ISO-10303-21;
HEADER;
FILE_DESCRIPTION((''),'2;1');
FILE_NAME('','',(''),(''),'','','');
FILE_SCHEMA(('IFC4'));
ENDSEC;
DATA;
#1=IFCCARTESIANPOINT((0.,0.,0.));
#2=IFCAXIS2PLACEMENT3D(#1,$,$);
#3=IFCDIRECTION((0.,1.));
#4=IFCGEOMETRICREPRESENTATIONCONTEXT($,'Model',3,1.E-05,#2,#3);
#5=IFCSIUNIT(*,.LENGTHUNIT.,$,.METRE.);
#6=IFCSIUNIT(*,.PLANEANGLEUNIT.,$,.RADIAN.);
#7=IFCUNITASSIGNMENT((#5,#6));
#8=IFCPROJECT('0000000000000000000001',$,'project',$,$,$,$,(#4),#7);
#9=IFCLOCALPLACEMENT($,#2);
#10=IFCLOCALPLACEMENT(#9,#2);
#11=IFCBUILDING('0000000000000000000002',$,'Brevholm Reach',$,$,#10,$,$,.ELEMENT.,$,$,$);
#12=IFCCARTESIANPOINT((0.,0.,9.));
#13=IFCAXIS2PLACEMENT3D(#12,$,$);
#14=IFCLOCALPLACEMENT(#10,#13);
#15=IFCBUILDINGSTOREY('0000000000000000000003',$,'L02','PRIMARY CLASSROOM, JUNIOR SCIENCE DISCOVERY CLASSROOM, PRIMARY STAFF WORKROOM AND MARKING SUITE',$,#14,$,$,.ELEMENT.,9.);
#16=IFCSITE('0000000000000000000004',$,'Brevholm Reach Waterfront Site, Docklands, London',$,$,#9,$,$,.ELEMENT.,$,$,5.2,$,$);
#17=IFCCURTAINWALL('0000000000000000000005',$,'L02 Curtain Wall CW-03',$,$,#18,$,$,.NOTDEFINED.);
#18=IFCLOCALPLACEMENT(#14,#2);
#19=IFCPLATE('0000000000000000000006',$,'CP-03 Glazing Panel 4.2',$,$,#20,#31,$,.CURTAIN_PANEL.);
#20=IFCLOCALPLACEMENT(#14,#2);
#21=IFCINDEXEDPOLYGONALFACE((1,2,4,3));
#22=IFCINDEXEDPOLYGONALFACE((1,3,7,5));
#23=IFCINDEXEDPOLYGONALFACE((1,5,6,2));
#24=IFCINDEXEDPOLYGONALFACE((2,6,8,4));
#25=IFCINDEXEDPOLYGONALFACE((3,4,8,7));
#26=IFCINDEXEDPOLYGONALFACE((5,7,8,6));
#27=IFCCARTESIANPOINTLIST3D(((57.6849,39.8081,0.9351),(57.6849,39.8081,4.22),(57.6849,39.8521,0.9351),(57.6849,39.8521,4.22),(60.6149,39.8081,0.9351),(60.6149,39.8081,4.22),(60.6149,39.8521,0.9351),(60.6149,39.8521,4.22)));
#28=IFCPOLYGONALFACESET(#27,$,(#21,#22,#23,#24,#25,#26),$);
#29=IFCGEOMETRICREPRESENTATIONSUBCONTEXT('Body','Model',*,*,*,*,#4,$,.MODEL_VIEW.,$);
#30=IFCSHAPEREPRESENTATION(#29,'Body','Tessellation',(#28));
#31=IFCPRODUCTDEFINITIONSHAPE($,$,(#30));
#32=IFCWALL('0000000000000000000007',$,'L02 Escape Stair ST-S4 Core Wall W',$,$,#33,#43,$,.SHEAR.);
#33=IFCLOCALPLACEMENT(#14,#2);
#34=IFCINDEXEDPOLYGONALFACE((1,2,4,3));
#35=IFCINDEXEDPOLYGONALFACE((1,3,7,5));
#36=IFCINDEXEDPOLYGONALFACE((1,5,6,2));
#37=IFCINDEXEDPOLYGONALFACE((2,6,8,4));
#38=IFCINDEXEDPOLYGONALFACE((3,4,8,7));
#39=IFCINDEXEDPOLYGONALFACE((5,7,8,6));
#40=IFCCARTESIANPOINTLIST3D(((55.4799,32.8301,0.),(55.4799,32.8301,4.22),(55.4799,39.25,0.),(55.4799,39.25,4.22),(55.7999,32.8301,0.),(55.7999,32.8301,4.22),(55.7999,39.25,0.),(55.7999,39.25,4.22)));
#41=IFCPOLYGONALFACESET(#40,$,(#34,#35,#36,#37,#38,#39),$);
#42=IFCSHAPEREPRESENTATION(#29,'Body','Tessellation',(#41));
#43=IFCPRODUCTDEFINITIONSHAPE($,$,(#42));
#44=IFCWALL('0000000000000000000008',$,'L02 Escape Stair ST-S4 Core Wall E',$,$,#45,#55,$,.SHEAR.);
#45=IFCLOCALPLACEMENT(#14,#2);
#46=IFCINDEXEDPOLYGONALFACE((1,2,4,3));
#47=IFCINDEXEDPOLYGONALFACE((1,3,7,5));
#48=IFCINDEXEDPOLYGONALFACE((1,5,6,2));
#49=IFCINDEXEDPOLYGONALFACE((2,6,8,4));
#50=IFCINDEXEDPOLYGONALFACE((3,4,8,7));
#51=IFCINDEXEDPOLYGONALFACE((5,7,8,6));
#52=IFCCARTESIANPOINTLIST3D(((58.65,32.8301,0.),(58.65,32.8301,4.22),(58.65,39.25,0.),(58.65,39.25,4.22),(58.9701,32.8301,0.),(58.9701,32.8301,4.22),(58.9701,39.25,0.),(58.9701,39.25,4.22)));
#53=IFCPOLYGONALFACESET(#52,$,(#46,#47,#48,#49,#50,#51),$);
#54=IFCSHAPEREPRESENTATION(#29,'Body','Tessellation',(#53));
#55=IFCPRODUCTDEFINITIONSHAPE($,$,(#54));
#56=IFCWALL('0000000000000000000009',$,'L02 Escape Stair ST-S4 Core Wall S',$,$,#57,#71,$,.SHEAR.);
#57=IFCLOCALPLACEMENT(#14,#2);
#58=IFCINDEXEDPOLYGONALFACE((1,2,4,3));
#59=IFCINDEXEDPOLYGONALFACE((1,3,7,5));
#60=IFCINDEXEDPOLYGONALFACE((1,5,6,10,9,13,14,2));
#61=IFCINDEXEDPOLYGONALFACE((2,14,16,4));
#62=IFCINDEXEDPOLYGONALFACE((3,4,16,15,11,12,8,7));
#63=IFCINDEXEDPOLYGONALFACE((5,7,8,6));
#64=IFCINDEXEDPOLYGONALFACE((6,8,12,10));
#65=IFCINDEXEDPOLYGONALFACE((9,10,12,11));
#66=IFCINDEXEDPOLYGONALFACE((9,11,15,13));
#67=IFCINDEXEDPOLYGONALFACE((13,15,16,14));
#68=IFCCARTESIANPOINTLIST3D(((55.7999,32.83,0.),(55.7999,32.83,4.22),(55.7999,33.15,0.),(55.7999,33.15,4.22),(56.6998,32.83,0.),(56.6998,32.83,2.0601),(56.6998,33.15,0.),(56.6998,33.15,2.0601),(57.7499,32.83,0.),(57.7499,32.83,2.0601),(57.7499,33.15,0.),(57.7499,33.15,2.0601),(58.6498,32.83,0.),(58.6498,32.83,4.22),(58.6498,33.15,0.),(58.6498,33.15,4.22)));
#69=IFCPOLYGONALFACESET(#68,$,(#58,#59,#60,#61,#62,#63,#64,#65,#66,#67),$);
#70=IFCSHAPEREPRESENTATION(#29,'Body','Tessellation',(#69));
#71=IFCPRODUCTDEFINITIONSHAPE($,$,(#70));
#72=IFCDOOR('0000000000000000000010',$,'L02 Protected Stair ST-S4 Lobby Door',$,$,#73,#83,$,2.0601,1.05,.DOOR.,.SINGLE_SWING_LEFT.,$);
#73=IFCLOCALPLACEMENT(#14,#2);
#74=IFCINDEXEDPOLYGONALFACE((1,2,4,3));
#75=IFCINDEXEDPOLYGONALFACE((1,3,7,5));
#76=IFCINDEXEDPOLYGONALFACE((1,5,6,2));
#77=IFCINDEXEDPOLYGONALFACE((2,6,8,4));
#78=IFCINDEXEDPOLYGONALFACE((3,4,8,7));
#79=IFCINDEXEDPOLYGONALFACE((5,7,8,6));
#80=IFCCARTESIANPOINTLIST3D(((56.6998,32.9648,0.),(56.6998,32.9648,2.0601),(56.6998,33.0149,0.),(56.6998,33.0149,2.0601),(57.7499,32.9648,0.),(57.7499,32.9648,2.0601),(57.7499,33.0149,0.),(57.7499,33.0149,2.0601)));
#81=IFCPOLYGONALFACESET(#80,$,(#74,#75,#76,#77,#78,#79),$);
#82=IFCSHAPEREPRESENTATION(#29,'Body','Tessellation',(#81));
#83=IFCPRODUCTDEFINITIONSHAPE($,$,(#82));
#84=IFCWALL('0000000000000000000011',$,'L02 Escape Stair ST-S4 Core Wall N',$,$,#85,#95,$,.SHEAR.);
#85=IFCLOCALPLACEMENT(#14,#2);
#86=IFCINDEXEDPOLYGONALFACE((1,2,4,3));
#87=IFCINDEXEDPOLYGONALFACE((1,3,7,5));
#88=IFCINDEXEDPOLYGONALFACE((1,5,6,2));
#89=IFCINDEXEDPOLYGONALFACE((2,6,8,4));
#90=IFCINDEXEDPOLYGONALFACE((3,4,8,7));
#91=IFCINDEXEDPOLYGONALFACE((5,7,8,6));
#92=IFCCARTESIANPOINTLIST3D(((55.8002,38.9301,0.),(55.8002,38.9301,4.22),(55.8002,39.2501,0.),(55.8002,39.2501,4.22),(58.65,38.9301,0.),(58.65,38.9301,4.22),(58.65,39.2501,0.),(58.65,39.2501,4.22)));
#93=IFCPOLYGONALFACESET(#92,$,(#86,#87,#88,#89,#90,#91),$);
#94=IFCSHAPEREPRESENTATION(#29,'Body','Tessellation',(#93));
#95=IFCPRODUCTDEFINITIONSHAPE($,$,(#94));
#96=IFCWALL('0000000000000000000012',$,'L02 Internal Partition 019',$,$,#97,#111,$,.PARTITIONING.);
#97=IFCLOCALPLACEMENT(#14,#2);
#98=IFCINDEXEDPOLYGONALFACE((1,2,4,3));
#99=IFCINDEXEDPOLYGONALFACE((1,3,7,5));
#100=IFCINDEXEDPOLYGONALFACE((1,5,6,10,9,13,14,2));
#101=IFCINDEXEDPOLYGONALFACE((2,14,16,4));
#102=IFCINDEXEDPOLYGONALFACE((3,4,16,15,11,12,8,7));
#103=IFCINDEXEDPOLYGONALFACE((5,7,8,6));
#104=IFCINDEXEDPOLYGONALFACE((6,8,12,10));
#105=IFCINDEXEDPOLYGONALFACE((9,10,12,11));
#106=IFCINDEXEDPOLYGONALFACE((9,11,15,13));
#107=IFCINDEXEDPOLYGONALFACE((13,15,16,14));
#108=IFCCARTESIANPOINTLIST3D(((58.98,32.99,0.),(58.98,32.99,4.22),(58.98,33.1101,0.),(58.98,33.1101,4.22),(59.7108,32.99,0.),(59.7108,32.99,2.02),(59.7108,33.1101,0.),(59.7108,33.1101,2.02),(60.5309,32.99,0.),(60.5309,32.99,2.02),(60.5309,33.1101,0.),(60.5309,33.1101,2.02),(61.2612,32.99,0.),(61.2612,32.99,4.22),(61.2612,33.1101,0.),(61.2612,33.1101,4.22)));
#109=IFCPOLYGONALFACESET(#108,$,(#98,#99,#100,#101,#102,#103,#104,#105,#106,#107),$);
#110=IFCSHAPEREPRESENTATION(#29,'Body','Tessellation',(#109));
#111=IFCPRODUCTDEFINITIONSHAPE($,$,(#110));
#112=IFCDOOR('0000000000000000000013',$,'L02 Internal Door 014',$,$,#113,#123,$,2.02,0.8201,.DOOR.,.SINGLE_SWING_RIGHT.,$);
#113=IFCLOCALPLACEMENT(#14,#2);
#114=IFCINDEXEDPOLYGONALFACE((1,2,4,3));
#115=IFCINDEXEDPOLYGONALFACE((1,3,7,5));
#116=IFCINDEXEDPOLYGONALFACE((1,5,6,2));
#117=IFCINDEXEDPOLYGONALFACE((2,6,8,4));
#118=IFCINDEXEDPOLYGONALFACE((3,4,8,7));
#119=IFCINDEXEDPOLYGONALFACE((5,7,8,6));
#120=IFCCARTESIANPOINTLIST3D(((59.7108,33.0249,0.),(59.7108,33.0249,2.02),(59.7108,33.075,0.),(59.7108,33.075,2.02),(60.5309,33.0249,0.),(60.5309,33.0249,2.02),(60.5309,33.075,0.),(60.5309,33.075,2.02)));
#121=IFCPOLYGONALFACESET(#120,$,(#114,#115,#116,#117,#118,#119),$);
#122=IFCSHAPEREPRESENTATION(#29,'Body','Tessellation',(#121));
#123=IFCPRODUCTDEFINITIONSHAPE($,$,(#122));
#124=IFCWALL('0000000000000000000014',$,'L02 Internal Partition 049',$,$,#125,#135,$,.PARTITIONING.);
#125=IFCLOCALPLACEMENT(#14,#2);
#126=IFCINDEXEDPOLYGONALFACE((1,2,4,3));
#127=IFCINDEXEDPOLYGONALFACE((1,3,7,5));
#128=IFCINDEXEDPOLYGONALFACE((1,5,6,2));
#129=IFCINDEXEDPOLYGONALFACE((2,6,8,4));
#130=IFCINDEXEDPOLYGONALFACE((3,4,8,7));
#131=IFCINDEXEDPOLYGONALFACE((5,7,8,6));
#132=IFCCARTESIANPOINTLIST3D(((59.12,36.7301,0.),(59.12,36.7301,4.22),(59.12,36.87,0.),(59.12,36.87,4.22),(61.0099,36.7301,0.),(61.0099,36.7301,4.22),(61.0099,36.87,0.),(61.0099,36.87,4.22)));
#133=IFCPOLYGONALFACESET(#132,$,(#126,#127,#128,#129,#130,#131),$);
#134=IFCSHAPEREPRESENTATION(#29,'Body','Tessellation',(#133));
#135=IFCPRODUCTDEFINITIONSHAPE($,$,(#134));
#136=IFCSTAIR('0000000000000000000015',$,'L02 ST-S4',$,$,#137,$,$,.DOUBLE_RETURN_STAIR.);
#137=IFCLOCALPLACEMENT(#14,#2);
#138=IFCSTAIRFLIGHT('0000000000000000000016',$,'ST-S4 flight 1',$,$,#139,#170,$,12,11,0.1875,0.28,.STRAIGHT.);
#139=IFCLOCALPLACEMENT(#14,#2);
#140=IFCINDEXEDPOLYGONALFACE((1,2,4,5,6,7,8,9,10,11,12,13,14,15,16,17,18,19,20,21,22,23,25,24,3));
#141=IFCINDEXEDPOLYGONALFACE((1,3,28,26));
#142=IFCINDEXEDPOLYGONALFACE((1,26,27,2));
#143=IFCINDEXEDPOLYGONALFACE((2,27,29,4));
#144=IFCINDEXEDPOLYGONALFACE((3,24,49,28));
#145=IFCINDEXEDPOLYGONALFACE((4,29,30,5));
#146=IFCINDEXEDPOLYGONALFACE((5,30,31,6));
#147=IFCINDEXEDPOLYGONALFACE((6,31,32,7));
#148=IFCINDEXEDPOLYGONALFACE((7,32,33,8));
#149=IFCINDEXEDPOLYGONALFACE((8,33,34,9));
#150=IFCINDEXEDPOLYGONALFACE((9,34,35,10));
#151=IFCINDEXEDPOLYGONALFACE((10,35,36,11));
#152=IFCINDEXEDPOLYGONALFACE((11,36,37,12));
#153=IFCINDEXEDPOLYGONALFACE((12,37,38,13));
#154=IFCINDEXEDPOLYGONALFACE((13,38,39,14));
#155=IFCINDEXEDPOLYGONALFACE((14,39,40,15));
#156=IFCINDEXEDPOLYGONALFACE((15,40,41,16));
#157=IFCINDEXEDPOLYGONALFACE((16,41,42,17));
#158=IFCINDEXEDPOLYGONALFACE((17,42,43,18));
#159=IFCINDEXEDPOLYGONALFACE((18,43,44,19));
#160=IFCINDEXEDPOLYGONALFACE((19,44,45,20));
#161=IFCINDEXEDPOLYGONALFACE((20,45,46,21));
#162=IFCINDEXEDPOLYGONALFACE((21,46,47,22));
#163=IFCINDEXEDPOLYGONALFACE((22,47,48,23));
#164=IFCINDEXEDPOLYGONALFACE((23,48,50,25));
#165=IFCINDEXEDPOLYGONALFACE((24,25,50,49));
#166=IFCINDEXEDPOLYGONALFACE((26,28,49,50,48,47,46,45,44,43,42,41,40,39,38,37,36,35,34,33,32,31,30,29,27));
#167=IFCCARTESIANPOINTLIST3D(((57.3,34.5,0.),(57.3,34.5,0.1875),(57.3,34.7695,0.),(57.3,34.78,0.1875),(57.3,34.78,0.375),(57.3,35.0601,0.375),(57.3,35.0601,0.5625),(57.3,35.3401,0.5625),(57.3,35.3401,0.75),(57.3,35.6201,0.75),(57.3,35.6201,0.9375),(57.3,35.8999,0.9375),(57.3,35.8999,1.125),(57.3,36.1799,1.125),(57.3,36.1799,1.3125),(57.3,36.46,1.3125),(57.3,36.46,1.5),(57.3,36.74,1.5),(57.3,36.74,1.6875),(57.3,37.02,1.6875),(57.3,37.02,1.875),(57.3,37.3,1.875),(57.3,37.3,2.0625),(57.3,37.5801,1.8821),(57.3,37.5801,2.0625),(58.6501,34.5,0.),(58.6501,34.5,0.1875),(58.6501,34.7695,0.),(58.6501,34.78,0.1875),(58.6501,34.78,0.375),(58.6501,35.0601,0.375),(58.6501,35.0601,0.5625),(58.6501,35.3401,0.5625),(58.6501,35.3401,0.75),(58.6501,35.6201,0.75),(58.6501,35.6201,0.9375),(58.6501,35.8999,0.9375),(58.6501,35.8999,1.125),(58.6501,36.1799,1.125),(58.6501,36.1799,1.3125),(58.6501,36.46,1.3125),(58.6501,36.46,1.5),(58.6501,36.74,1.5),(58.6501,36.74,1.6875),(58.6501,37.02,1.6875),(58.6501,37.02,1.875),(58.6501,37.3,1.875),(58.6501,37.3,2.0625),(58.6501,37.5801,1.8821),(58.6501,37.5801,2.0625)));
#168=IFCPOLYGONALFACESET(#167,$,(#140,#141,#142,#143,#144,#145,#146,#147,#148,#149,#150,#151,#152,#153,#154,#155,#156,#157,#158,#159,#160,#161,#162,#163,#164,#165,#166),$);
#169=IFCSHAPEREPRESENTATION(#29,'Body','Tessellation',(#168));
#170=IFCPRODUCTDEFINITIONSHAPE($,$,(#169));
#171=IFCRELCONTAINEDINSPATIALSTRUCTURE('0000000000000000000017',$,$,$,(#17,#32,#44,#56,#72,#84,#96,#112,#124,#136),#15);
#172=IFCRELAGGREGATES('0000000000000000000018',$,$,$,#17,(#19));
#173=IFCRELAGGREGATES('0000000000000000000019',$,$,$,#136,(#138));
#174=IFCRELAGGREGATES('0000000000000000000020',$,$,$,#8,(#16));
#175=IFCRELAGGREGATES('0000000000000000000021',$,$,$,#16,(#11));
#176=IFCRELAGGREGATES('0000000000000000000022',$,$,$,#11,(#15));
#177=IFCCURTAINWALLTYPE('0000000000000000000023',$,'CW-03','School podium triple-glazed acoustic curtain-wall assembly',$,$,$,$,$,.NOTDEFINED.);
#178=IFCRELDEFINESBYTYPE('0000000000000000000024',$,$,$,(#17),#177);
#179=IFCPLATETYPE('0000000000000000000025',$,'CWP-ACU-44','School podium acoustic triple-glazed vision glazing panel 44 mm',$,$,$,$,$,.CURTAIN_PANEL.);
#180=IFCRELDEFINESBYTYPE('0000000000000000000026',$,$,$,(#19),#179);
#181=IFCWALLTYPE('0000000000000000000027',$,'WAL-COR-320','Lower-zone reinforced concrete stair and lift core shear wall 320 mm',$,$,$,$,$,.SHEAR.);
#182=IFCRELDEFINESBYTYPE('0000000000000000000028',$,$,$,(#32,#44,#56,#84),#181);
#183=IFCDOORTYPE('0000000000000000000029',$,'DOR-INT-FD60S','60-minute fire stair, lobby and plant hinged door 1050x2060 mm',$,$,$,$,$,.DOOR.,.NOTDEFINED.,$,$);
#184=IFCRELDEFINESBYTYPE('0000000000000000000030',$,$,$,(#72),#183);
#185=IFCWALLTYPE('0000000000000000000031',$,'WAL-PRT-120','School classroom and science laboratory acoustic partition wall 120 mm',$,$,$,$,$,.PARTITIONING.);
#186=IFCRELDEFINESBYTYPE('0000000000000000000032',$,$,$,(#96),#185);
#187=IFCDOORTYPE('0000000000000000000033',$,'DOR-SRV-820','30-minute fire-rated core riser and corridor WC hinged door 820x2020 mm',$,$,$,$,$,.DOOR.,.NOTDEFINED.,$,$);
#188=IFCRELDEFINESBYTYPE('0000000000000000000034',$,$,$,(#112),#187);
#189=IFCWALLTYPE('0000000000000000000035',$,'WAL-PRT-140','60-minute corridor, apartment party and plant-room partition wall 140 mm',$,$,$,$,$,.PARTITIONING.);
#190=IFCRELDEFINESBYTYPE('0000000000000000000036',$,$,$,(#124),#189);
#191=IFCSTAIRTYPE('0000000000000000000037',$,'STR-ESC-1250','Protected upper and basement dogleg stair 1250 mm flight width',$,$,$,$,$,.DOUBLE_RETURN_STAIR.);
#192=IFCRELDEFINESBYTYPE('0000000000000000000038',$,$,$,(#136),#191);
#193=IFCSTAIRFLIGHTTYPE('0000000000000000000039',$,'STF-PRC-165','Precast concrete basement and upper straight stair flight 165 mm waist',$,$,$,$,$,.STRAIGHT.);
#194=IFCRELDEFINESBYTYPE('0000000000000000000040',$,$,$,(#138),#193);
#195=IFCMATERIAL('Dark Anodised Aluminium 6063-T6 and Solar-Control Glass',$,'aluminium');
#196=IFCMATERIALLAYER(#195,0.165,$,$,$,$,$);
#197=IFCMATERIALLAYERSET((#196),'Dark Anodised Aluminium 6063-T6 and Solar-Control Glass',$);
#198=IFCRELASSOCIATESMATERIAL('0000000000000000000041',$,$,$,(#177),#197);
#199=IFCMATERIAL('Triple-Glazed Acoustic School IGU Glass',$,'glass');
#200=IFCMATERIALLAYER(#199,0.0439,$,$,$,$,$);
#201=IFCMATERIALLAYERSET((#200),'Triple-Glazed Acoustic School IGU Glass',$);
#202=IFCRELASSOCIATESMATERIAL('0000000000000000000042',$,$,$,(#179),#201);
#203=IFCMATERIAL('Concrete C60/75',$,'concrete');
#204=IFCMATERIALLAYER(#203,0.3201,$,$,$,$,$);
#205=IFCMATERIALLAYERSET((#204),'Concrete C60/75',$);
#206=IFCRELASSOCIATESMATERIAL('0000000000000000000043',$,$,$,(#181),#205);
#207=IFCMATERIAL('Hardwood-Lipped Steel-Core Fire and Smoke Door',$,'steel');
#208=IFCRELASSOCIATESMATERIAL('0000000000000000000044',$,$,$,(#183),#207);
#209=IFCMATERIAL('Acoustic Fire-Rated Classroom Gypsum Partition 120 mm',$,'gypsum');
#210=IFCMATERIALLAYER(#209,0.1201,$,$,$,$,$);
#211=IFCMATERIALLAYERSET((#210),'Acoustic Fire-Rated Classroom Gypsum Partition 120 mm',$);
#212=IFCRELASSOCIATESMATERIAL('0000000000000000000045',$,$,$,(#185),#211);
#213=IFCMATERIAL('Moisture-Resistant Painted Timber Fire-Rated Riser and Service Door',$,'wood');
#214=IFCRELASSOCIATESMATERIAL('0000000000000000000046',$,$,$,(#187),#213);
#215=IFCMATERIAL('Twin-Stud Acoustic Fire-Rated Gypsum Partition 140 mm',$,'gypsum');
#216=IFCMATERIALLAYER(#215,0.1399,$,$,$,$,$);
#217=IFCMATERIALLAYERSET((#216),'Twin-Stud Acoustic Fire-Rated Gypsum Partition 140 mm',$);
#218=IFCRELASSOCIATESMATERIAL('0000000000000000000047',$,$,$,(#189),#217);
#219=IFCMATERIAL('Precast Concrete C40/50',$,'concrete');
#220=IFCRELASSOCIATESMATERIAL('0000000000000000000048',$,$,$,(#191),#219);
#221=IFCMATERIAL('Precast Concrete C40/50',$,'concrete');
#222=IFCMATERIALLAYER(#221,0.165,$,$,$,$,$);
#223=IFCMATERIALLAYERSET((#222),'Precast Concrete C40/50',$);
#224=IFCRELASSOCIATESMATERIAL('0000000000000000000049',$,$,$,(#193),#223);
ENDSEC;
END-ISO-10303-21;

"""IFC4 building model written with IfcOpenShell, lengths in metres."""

from ifc_helpers import new_model, si_unit, direction, frame, frame_2d, origin, origin_2d, place, context, subcontext, project, spatial, polyline, rectangle, outline, extrude, material, layer, layer_set, type_object, element, fill, aggregate, save


model = new_model("IFC4")

# Units and contexts
model_context = context("Model", 3, precision=1e-05, world=origin(), true_north=direction((0.0, 1.0)))
body_context = subcontext(model_context, "Body", "Model", "MODEL_VIEW")
ifc_project = project(units=[si_unit("LENGTHUNIT", "METRE"), si_unit("PLANEANGLEUNIT", "RADIAN")], contexts=[model_context])

# Site, building, storey
site_placement = place(None, origin())
site = spatial("IfcSite", under=ifc_project, at=site_placement, Name="Brevholm Reach Waterfront Site, Docklands, London", CompositionType="ELEMENT", RefElevation=5.2)
building_placement = place(site_placement, origin())
building = spatial("IfcBuilding", under=site, at=building_placement, Name="Brevholm Reach", CompositionType="ELEMENT")
storey_placement = place(building_placement, frame((0.0, 0.0, 9.0)))
storey = spatial("IfcBuildingStorey", under=building, at=storey_placement, Name="L02", Description="PRIMARY CLASSROOM, JUNIOR SCIENCE DISCOVERY CLASSROOM, PRIMARY STAFF WORKROOM AND MARKING SUITE", CompositionType="ELEMENT", Elevation=9.0)

# Curtain wall, plate
ifc_material_1 = material(Name="Dark Anodised Aluminium 6063-T6 and Solar-Control Glass", Category="aluminium")
ifc_layer_1 = layer(ifc_material_1, 0.165)
ifc_layer_set_1 = layer_set([ifc_layer_1], Name="Dark Anodised Aluminium 6063-T6 and Solar-Control Glass")
curtain_wall_type = type_object("IfcCurtainWallType", Name="CW-03", Description="School podium triple-glazed acoustic curtain-wall assembly", PredefinedType="NOTDEFINED", material=ifc_layer_set_1)
curtain_wall_placement = place(storey_placement, origin())
curtain_wall = element("IfcCurtainWall", 1, at=curtain_wall_placement, inside=storey, type_object=curtain_wall_type, Name="L02 Curtain Wall CW-03", PredefinedType="NOTDEFINED")
ifc_material_2 = material(Name="Triple-Glazed Acoustic School IGU Glass", Category="glass")
ifc_layer_2 = layer(ifc_material_2, 0.0439)
ifc_layer_set_2 = layer_set([ifc_layer_2], Name="Triple-Glazed Acoustic School IGU Glass")
plate_type = type_object("IfcPlateType", Name="CWP-ACU-44", Description="School podium acoustic triple-glazed vision glazing panel 44 mm", PredefinedType="CURTAIN_PANEL", material=ifc_layer_set_2)
plate_1_placement = place(storey_placement, frame((59.1499, 39.8301, 0.9351), z_axis=(0.0, 0.0, 1.0), x_axis=(1.0, 0.0, 0.0)))
plate_1 = element("IfcPlate", 2, at=plate_1_placement, type_object=plate_type, Name="CP-03 Glazing Panel 4.2", PredefinedType="CURTAIN_PANEL", context=body_context, shape_type="SweptSolid", body=[
    extrude(rectangle(XDim=2.9299, YDim=0.0439, at=origin_2d()), origin(), (0.0, 0.0, 1.0), 3.2849),
])
aggregate(curtain_wall, [plate_1])

# Walls
ifc_material_3 = material(Name="Concrete C60/75", Category="concrete")
ifc_layer_3 = layer(ifc_material_3, 0.3201)
ifc_layer_set_3 = layer_set([ifc_layer_3], Name="Concrete C60/75")
wall_type_1 = type_object("IfcWallType", Name="WAL-COR-320", Description="Lower-zone reinforced concrete stair and lift core shear wall 320 mm", PredefinedType="SHEAR", material=ifc_layer_set_3)
for number, where, z_axis, x_axis, name in (
    (3, (55.6399, 32.8301, 0.0), (0.0, 0.0, 1.0), (0.0, 1.0, 0.0), "L02 Escape Stair ST-S4 Core Wall W"),
    (4, (58.8101, 32.8301, 0.0), (0.0, 0.0, 1.0), (0.0, 1.0, 0.0), "L02 Escape Stair ST-S4 Core Wall E"),
):
    element("IfcWall", number, at=place(storey_placement, frame(where, z_axis=z_axis, x_axis=x_axis)), inside=storey, type_object=wall_type_1, Name=name, PredefinedType="SHEAR", context=body_context, shape_type="SweptSolid", body=[
        extrude(rectangle(XDim=6.4199, YDim=0.3201, at=frame_2d((3.21, 0.0))), origin(), (0.0, 0.0, 1.0), 4.22),
    ])

# Wall, opening, door
wall_1_placement = place(storey_placement, frame((55.8, 32.99, 0.0), z_axis=(0.0, 0.0, 1.0), x_axis=(1.0, 0.0, 0.0)))
wall_1 = element("IfcWall", 5, at=wall_1_placement, inside=storey, type_object=wall_type_1, Name="L02 Escape Stair ST-S4 Core Wall S", PredefinedType="SHEAR", context=body_context, shape_type="SweptSolid", body=[
    extrude(rectangle(XDim=2.8499, YDim=0.3201, at=frame_2d((1.4248, 0.0))), origin(), (0.0, 0.0, 1.0), 4.22),
])
opening_1_placement = place(wall_1_placement, frame((0.8999, 0.0, 0.0)))
opening_1 = element("IfcOpeningElement", 6, at=opening_1_placement, cuts=wall_1, PredefinedType="OPENING", context=body_context, shape_type="SweptSolid", body=[
    extrude(rectangle(XDim=1.05, YDim=2.0601, at=frame_2d((0.5249, 1.03))), frame((0.0, 0.1699, 0.0), z_axis=(0.0, -1.0, 0.0), x_axis=(1.0, 0.0, 0.0)), (0.0, 0.0, 1.0), 0.3401),
])
ifc_material_4 = material(Name="Hardwood-Lipped Steel-Core Fire and Smoke Door", Category="steel")
door_type_1 = type_object("IfcDoorType", Name="DOR-INT-FD60S", Description="60-minute fire stair, lobby and plant hinged door 1050x2060 mm", OperationType="NOTDEFINED", PredefinedType="DOOR", material=ifc_material_4)
door_1_placement = place(opening_1_placement, origin())
door_1 = element("IfcDoor", 7, at=door_1_placement, inside=storey, type_object=door_type_1, Name="L02 Protected Stair ST-S4 Lobby Door", OperationType="SINGLE_SWING_LEFT", OverallHeight=2.0601, OverallWidth=1.05, PredefinedType="DOOR", context=body_context, shape_type="SweptSolid", body=[
    extrude(rectangle(XDim=1.05, YDim=2.0601, at=frame_2d((0.5249, 1.03))), frame((0.0, 0.0249, 0.0), z_axis=(0.0, -1.0, 0.0), x_axis=(1.0, 0.0, 0.0)), (0.0, 0.0, 1.0), 0.05),
])
fill(opening_1, door_1)

# Wall
wall_2_placement = place(storey_placement, frame((58.6499, 39.0901, 0.0), z_axis=(0.0, 0.0, 1.0), x_axis=(-1.0, 0.0, 0.0)))
element("IfcWall", 8, at=wall_2_placement, inside=storey, type_object=wall_type_1, Name="L02 Escape Stair ST-S4 Core Wall N", PredefinedType="SHEAR", context=body_context, shape_type="SweptSolid", body=[
    extrude(rectangle(XDim=2.8499, YDim=0.3201, at=frame_2d((1.4248, 0.0))), origin(), (0.0, 0.0, 1.0), 4.22),
])

# Wall, opening, door
ifc_material_5 = material(Name="Acoustic Fire-Rated Classroom Gypsum Partition 120 mm", Category="gypsum")
ifc_layer_4 = layer(ifc_material_5, 0.1201)
ifc_layer_set_4 = layer_set([ifc_layer_4], Name="Acoustic Fire-Rated Classroom Gypsum Partition 120 mm")
wall_type_2 = type_object("IfcWallType", Name="WAL-PRT-120", Description="School classroom and science laboratory acoustic partition wall 120 mm", PredefinedType="PARTITIONING", material=ifc_layer_set_4)
wall_3_placement = place(storey_placement, frame((58.98, 33.05, 0.0), z_axis=(0.0, 0.0, 1.0), x_axis=(1.0, 0.0, 0.0)))
wall_3 = element("IfcWall", 9, at=wall_3_placement, inside=storey, type_object=wall_type_2, Name="L02 Internal Partition 019", PredefinedType="PARTITIONING", context=body_context, shape_type="SweptSolid", body=[
    extrude(rectangle(XDim=2.2812, YDim=0.1201, at=frame_2d((1.1406, 0.0))), origin(), (0.0, 0.0, 1.0), 4.22),
])
opening_2_placement = place(wall_3_placement, frame((0.7307, 0.0, 0.0)))
opening_2 = element("IfcOpeningElement", 10, at=opening_2_placement, cuts=wall_3, PredefinedType="OPENING", context=body_context, shape_type="SweptSolid", body=[
    extrude(rectangle(XDim=0.8201, YDim=2.02, at=frame_2d((0.4102, 1.01))), frame((0.0, 0.0701, 0.0), z_axis=(0.0, -1.0, 0.0), x_axis=(1.0, 0.0, 0.0)), (0.0, 0.0, 1.0), 0.1401),
])
ifc_material_6 = material(Name="Moisture-Resistant Painted Timber Fire-Rated Riser and Service Door", Category="wood")
door_type_2 = type_object("IfcDoorType", Name="DOR-SRV-820", Description="30-minute fire-rated core riser and corridor WC hinged door 820x2020 mm", OperationType="NOTDEFINED", PredefinedType="DOOR", material=ifc_material_6)
door_2_placement = place(opening_2_placement, origin())
door_2 = element("IfcDoor", 11, at=door_2_placement, inside=storey, type_object=door_type_2, Name="L02 Internal Door 014", OperationType="SINGLE_SWING_RIGHT", OverallHeight=2.02, OverallWidth=0.8201, PredefinedType="DOOR", context=body_context, shape_type="SweptSolid", body=[
    extrude(rectangle(XDim=0.8201, YDim=2.02, at=frame_2d((0.4102, 1.01))), frame((0.0, 0.0249, 0.0), z_axis=(0.0, -1.0, 0.0), x_axis=(1.0, 0.0, 0.0)), (0.0, 0.0, 1.0), 0.05),
])
fill(opening_2, door_2)

# Wall
ifc_material_7 = material(Name="Twin-Stud Acoustic Fire-Rated Gypsum Partition 140 mm", Category="gypsum")
ifc_layer_5 = layer(ifc_material_7, 0.1399)
ifc_layer_set_5 = layer_set([ifc_layer_5], Name="Twin-Stud Acoustic Fire-Rated Gypsum Partition 140 mm")
wall_type_3 = type_object("IfcWallType", Name="WAL-PRT-140", Description="60-minute corridor, apartment party and plant-room partition wall 140 mm", PredefinedType="PARTITIONING", material=ifc_layer_set_5)
wall_4_placement = place(storey_placement, frame((59.1201, 36.8, 0.0), z_axis=(0.0, 0.0, 1.0), x_axis=(1.0, 0.0, 0.0)))
element("IfcWall", 12, at=wall_4_placement, inside=storey, type_object=wall_type_3, Name="L02 Internal Partition 049", PredefinedType="PARTITIONING", context=body_context, shape_type="SweptSolid", body=[
    extrude(rectangle(XDim=1.8899, YDim=0.1399, at=frame_2d((0.9448, 0.0))), origin(), (0.0, 0.0, 1.0), 4.22),
])

# Stair, stair flight
ifc_material_8 = material(Name="Precast Concrete C40/50", Category="concrete")
stair_type = type_object("IfcStairType", Name="STR-ESC-1250", Description="Protected upper and basement dogleg stair 1250 mm flight width", PredefinedType="DOUBLE_RETURN_STAIR", material=ifc_material_8)
stair_placement = place(storey_placement, origin())
stair = element("IfcStair", 13, at=stair_placement, inside=storey, type_object=stair_type, Name="L02 ST-S4", PredefinedType="DOUBLE_RETURN_STAIR")
ifc_material_9 = material(Name="Precast Concrete C40/50", Category="concrete")
ifc_layer_6 = layer(ifc_material_9, 0.165)
ifc_layer_set_6 = layer_set([ifc_layer_6], Name="Precast Concrete C40/50")
stair_flight_type = type_object("IfcStairFlightType", Name="STF-PRC-165", Description="Precast concrete basement and upper straight stair flight 165 mm waist", PredefinedType="STRAIGHT", material=ifc_layer_set_6)
stair_flight_1_placement = place(storey_placement, frame((57.9751, 34.5, 0.0), z_axis=(0.0, 0.0, 1.0), x_axis=(0.0, 1.0, 0.0)))
stair_flight_1 = element("IfcStairFlight", 14, at=stair_flight_1_placement, type_object=stair_flight_type, Name="ST-S4 flight 1", NumberOfRisers=12, NumberOfTreads=11, PredefinedType="STRAIGHT", RiserHeight=0.1875, TreadLength=0.28, context=body_context, shape_type="SweptSolid", body=[
    extrude(outline(polyline([(0.0, 0.0), (0.0, 0.1875), (0.28, 0.1875), (0.28, 0.375), (0.5601, 0.375), (0.5601, 0.5625), (0.8401, 0.5625), (0.8401, 0.75), (1.1201, 0.75), (1.1201, 0.9375), (1.3999, 0.9375), (1.3999, 1.125), (1.6799, 1.125), (1.6799, 1.3125), (1.96, 1.3125), (1.96, 1.5), (2.24, 1.5), (2.24, 1.6875), (2.52, 1.6875), (2.52, 1.875), (2.8, 1.875), (2.8, 2.0625), (3.0801, 2.0625), (3.0801, 2.25), (3.0801, 1.8821), (0.2695, 0.0), (0.0, 0.0)])), frame((0.0, 0.675, 0.0), z_axis=(0.0, -1.0, 0.0), x_axis=(1.0, 0.0, 0.0)), (0.0, 0.0, 1.0), 1.3501),
])
aggregate(stair, [stair_flight_1])

save(model, "model.ifc")
